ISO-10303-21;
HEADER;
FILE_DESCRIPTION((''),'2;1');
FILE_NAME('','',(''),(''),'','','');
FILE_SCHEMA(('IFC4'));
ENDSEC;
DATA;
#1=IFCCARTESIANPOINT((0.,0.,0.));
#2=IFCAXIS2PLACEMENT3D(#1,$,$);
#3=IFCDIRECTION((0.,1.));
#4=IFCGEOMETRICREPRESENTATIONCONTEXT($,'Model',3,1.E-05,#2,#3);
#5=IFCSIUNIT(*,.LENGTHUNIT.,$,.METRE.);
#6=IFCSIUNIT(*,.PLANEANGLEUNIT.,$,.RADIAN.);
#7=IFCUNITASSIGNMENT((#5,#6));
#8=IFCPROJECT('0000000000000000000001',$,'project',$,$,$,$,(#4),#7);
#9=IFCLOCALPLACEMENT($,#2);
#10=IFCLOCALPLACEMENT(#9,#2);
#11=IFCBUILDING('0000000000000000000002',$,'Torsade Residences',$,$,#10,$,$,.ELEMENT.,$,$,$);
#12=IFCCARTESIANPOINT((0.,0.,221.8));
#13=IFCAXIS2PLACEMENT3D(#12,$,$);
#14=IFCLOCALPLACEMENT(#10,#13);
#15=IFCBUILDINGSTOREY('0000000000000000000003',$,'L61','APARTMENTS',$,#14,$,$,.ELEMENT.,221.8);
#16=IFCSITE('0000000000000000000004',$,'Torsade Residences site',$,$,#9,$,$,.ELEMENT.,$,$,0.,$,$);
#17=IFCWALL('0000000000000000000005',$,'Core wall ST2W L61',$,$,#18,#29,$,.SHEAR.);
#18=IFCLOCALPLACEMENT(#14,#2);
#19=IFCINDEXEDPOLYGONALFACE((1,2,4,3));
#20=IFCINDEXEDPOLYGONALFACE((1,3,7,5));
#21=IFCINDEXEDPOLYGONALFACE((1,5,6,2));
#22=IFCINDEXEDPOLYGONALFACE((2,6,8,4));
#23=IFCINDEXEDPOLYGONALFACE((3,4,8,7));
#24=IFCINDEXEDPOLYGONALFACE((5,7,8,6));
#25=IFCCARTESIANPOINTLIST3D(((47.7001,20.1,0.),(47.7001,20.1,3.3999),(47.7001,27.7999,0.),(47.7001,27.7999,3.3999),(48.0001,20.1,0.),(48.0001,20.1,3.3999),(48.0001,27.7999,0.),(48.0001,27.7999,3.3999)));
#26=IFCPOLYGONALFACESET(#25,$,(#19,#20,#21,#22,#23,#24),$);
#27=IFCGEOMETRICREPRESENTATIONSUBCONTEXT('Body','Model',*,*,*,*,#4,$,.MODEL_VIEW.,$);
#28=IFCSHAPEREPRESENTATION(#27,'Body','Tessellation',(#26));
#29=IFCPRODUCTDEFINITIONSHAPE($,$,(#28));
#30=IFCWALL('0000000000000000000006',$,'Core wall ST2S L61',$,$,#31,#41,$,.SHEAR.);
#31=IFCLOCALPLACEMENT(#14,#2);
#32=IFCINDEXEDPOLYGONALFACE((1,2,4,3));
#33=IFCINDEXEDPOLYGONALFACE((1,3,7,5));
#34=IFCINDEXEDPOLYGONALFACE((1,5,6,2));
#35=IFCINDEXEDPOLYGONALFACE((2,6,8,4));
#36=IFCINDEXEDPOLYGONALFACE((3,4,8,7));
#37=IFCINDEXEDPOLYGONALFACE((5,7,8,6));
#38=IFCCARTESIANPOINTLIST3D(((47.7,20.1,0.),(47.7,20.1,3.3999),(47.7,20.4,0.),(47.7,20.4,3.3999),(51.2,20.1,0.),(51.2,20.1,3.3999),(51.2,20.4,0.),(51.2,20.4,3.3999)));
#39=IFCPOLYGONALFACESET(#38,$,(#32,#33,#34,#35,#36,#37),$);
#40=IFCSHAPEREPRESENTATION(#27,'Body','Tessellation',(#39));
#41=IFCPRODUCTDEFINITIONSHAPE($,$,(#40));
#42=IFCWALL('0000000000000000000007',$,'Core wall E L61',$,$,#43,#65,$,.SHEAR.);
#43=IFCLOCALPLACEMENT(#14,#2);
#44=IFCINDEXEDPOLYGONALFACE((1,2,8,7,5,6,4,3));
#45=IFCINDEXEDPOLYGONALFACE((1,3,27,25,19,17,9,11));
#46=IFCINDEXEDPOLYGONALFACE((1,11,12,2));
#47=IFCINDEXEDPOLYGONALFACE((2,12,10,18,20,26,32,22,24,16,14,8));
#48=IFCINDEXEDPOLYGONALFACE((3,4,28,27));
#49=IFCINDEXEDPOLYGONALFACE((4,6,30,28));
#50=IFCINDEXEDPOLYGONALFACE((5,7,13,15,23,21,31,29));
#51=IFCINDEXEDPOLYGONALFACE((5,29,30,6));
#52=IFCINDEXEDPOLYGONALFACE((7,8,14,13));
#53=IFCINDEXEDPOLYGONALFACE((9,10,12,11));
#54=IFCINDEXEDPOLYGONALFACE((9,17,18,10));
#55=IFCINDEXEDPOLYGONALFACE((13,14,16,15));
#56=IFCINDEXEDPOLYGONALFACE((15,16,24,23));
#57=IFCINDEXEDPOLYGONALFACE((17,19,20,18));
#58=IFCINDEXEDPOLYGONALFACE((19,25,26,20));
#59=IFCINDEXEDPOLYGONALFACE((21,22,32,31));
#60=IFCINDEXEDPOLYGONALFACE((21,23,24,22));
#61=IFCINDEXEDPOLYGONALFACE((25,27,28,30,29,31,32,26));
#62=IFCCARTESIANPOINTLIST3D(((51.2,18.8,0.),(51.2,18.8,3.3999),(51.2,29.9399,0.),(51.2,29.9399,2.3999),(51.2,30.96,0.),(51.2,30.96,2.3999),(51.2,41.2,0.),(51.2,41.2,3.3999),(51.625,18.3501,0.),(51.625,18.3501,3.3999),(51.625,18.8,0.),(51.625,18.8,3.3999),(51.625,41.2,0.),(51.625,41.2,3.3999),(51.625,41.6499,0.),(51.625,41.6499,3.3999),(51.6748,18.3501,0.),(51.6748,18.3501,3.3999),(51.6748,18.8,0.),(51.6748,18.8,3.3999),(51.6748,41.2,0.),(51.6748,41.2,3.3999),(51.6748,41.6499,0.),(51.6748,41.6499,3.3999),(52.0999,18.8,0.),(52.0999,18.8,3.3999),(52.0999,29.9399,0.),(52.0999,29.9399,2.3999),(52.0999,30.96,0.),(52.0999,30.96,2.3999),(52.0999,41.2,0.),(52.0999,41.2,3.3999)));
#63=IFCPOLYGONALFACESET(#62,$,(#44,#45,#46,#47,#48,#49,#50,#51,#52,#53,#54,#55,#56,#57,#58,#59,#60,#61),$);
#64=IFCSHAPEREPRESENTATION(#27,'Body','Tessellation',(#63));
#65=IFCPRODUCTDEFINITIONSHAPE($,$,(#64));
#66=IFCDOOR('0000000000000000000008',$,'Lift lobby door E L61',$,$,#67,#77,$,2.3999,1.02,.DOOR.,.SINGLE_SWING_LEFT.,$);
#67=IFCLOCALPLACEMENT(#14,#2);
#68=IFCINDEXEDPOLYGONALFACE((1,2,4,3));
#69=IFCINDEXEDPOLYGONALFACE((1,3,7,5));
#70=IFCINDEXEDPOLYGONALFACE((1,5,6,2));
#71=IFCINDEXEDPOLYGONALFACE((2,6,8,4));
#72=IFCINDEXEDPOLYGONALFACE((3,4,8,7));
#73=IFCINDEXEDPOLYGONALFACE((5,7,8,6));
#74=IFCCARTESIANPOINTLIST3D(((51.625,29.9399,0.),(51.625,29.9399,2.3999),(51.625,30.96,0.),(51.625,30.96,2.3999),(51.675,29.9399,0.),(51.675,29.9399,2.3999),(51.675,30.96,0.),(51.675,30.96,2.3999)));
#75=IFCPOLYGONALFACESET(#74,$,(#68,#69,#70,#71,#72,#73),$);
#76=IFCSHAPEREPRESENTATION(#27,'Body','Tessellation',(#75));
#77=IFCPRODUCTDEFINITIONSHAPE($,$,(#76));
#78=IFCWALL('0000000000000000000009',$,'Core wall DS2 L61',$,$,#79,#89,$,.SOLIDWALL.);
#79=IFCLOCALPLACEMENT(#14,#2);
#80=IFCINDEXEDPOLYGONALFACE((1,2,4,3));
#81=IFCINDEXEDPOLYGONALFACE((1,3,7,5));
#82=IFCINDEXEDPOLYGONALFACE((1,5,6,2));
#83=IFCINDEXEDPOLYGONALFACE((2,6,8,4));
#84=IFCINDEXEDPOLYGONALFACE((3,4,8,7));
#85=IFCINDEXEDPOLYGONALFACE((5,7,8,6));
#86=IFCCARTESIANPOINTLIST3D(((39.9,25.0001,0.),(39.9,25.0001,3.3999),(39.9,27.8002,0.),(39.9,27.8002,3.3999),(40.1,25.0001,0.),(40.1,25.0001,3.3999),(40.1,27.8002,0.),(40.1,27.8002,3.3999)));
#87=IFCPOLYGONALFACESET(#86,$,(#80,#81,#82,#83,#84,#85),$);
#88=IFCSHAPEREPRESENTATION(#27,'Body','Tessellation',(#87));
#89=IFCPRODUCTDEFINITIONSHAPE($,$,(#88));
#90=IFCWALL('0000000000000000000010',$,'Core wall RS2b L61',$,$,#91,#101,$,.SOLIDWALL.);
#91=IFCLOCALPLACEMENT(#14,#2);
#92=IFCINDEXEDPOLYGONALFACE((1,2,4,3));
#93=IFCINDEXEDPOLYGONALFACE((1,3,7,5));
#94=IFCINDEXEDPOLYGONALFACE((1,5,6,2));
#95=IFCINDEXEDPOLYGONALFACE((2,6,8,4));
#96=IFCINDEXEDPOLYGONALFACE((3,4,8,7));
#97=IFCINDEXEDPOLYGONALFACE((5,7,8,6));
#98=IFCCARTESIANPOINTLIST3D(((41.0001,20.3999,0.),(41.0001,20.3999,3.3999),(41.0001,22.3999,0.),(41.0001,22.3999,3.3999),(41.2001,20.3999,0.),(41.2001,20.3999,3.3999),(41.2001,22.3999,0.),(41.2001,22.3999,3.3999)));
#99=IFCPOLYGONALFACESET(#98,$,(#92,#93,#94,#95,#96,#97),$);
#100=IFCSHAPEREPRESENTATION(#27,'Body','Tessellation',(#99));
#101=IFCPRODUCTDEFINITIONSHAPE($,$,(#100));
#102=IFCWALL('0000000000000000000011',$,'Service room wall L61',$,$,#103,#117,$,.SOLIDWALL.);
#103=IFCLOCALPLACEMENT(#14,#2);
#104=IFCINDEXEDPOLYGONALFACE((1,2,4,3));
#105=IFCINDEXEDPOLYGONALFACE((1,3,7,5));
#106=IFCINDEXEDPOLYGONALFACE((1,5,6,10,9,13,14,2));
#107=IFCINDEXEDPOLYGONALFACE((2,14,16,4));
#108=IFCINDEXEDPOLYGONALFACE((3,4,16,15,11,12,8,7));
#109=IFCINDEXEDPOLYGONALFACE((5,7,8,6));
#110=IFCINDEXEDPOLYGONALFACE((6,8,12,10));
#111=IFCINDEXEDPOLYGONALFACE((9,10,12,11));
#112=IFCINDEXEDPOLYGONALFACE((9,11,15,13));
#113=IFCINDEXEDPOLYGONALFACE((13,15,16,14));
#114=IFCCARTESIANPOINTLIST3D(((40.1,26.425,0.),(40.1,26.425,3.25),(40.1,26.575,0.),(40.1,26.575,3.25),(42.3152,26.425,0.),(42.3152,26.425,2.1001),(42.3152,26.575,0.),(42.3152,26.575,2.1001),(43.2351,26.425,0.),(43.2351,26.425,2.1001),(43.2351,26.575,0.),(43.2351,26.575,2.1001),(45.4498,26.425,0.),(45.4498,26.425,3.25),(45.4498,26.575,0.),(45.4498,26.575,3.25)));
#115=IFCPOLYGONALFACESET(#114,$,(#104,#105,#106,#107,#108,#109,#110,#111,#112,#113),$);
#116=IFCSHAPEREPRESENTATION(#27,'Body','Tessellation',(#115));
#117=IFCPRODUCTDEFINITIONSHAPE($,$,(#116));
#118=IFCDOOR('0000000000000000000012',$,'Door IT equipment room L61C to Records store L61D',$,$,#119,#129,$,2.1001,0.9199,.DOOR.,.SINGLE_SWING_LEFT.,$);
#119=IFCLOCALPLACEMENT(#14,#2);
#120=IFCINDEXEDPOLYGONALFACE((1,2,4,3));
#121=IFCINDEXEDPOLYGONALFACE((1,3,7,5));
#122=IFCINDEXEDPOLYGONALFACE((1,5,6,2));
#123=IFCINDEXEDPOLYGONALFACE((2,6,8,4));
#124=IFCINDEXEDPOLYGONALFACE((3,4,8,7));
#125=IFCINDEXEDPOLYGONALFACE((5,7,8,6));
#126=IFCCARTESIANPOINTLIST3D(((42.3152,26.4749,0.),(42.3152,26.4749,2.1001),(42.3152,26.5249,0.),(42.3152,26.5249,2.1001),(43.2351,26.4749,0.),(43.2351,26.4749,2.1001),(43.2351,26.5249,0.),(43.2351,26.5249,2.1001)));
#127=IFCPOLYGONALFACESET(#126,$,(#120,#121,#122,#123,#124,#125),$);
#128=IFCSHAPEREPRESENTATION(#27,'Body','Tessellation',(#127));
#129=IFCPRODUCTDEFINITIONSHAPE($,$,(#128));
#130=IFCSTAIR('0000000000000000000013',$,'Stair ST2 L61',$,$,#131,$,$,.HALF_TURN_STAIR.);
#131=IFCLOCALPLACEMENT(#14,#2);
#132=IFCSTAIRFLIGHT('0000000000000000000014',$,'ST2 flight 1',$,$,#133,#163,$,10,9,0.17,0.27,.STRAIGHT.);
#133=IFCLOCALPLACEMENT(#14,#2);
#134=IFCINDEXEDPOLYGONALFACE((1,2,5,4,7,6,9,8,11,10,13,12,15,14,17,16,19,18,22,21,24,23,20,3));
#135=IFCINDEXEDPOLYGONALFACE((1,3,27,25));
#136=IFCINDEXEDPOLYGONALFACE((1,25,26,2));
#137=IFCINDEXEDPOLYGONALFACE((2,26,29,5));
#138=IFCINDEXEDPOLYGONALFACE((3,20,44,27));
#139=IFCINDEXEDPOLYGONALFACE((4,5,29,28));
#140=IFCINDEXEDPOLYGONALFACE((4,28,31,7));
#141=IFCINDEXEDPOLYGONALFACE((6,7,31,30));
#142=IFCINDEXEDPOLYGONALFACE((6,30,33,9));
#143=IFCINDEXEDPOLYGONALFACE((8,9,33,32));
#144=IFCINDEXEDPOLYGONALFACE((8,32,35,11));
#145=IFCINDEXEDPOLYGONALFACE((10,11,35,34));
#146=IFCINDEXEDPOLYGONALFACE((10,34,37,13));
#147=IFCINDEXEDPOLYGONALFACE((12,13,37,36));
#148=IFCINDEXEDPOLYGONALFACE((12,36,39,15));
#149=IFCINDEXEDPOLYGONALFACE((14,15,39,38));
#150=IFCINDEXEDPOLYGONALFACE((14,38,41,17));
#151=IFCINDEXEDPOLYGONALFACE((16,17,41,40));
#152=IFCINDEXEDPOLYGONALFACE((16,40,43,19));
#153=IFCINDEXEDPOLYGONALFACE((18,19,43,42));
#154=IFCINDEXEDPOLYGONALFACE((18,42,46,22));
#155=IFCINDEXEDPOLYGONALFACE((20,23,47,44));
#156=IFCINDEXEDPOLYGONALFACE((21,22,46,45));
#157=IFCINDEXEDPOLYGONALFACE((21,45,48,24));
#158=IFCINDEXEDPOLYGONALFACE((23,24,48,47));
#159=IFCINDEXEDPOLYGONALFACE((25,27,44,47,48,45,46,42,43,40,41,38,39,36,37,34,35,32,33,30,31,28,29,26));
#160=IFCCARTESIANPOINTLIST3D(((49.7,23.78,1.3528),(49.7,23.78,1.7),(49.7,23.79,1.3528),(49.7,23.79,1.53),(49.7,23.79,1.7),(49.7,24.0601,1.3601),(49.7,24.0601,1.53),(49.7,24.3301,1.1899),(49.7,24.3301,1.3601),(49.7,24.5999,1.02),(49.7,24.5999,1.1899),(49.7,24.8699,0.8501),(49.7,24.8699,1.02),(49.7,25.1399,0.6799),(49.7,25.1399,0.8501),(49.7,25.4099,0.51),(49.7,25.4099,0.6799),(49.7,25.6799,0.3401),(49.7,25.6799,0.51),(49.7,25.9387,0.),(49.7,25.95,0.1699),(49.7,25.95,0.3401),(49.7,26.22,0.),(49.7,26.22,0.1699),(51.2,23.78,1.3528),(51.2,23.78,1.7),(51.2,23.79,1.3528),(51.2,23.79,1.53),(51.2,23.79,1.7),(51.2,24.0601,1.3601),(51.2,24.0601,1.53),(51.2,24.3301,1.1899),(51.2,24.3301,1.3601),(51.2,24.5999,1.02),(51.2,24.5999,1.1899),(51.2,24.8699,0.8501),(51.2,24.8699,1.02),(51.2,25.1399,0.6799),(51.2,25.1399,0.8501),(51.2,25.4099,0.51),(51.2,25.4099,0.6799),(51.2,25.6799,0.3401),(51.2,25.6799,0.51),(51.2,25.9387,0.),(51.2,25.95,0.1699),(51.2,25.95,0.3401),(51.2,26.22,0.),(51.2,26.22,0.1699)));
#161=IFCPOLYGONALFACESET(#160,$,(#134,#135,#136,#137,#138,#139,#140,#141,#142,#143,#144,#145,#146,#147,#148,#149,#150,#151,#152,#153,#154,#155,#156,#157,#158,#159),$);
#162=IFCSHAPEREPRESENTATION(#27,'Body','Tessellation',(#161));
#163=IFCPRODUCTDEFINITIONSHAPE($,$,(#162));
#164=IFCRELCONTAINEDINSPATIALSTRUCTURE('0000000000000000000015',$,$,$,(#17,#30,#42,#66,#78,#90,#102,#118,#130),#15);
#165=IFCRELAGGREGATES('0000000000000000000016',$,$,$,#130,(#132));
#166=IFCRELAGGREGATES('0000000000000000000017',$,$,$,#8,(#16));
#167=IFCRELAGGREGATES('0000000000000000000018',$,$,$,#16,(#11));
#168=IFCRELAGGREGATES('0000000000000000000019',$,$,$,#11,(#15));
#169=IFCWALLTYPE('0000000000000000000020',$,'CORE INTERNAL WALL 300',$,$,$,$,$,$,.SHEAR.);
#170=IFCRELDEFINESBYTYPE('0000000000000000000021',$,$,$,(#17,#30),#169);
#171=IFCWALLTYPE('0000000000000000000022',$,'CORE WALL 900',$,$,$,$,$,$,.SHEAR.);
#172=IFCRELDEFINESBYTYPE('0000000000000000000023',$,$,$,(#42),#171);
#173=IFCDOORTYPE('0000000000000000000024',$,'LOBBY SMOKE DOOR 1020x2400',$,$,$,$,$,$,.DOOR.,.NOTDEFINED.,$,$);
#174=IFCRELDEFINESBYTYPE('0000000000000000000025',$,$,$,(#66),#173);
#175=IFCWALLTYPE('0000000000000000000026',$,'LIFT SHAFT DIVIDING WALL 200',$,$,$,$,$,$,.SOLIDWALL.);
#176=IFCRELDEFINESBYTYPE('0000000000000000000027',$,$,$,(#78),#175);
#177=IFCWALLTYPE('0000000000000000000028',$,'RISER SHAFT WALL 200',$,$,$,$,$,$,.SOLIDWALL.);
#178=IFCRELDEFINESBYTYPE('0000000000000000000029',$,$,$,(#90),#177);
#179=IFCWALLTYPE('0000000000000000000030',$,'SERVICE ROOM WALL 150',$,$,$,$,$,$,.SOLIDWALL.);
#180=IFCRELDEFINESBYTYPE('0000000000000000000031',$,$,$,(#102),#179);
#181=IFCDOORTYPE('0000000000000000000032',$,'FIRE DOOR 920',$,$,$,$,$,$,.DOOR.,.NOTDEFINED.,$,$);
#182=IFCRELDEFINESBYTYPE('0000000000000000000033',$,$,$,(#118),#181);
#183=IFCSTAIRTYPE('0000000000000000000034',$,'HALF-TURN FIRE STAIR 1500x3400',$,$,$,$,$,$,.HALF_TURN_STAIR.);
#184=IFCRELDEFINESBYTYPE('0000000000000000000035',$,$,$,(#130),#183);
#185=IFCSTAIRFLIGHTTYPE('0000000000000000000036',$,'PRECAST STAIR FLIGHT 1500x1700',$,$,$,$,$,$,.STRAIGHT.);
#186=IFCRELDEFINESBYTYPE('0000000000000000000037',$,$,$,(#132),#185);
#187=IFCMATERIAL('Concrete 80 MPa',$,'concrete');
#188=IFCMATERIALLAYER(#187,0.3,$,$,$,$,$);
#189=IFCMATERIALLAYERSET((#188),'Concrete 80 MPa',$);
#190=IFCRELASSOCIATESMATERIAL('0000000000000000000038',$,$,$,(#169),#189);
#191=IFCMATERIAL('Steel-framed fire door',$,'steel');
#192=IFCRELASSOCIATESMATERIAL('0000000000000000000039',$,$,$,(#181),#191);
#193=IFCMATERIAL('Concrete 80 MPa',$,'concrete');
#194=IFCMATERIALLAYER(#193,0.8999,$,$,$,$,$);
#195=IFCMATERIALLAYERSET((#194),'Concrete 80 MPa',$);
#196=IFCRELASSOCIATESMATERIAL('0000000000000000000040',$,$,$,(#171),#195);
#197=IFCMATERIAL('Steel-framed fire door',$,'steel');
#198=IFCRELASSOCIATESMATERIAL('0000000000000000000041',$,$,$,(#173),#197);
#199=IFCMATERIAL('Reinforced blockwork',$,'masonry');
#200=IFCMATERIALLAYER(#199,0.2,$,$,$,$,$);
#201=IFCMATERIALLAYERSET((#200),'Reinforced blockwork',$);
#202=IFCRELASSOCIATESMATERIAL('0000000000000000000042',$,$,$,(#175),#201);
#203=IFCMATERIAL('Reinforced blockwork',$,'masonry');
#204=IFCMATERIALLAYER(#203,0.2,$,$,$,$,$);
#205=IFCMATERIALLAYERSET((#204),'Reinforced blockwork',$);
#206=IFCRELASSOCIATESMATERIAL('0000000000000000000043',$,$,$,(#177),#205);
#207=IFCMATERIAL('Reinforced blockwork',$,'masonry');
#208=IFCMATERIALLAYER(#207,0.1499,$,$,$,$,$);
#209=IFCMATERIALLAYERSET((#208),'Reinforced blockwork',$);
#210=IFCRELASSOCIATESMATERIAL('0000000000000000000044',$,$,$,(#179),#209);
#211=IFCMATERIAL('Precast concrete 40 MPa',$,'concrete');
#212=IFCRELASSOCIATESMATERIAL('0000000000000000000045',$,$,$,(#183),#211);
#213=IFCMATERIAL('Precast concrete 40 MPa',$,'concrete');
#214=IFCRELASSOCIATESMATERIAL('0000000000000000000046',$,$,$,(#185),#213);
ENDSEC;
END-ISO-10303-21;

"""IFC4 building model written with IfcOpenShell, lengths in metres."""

from ifc_helpers import new_model, si_unit, direction, frame, frame_2d, origin, place, context, subcontext, project, spatial, polyline, rectangle, outline, extrude, material, layer, layer_set, type_object, element, fill, aggregate, save


model = new_model("IFC4")

# Units and contexts
model_context = context("Model", 3, precision=1e-05, world=origin(), true_north=direction((0.0, 1.0)))
body_context = subcontext(model_context, "Body", "Model", "MODEL_VIEW")
ifc_project = project(units=[si_unit("LENGTHUNIT", "METRE"), si_unit("PLANEANGLEUNIT", "RADIAN")], contexts=[model_context])

# Site, building, storey
site_placement = place(None, origin())
site = spatial("IfcSite", under=ifc_project, at=site_placement, Name="Torsade Residences site", CompositionType="ELEMENT", RefElevation=0.0)
building_placement = place(site_placement, origin())
building = spatial("IfcBuilding", under=site, at=building_placement, Name="Torsade Residences", CompositionType="ELEMENT")
storey_placement = place(building_placement, frame((0.0, 0.0, 221.8)))
storey = spatial("IfcBuildingStorey", under=building, at=storey_placement, Name="L61", Description="APARTMENTS", CompositionType="ELEMENT", Elevation=221.8)

# Shared definitions
ifc_material_1 = material(Name="Concrete 80 MPa", Category="concrete")
ifc_layer_1 = layer(ifc_material_1, 0.3)
ifc_layer_set_1 = layer_set([ifc_layer_1], Name="Concrete 80 MPa")
wall_type_1 = type_object("IfcWallType", Name="CORE INTERNAL WALL 300", PredefinedType="SHEAR", material=ifc_layer_set_1)
ifc_material_2 = material(Name="Steel-framed fire door", Category="steel")
door_type_1 = type_object("IfcDoorType", Name="FIRE DOOR 920", OperationType="NOTDEFINED", PredefinedType="DOOR", material=ifc_material_2)

# Walls
wall_1_placement = place(storey_placement, frame((47.8501, 27.8, 0.0), z_axis=(0.0, 0.0, 1.0), x_axis=(0.0, -1.0, 0.0)))
element("IfcWall", 1, at=wall_1_placement, inside=storey, type_object=wall_type_1, Name="Core wall ST2W L61", PredefinedType="SHEAR", context=body_context, shape_type="SweptSolid", body=[
    extrude(rectangle(XDim=7.7, YDim=0.3, at=frame_2d((3.8501, 0.0))), origin(), (0.0, 0.0, 1.0), 3.3999),
])
wall_2_placement = place(storey_placement, frame((51.2, 20.25, 0.0), z_axis=(0.0, 0.0, 1.0), x_axis=(-1.0, 0.0, 0.0)))
element("IfcWall", 2, at=wall_2_placement, inside=storey, type_object=wall_type_1, Name="Core wall ST2S L61", PredefinedType="SHEAR", context=body_context, shape_type="SweptSolid", body=[
    extrude(rectangle(XDim=3.5, YDim=0.3, at=frame_2d((1.75, 0.0))), origin(), (0.0, 0.0, 1.0), 3.3999),
])

# Wall, opening, door
ifc_material_3 = material(Name="Concrete 80 MPa", Category="concrete")
ifc_layer_2 = layer(ifc_material_3, 0.8999)
ifc_layer_set_2 = layer_set([ifc_layer_2], Name="Concrete 80 MPa")
wall_type_2 = type_object("IfcWallType", Name="CORE WALL 900", PredefinedType="SHEAR", material=ifc_layer_set_2)
wall_3_placement = place(storey_placement, frame((51.6499, 18.8, 0.0), z_axis=(0.0, 0.0, 1.0), x_axis=(0.0, 1.0, 0.0)))
wall_3 = element("IfcWall", 3, at=wall_3_placement, inside=storey, type_object=wall_type_2, Name="Core wall E L61", PredefinedType="SHEAR", context=body_context, shape_type="SweptSolid", body=[
    extrude(outline(polyline([(0.0, -0.45), (22.3999, -0.45), (22.3999, -0.0249), (22.8499, -0.0249), (22.8499, 0.0249), (22.3999, 0.0249), (22.3999, 0.45), (0.0, 0.45), (0.0, 0.0249), (-0.45, 0.0249), (-0.45, -0.0249), (0.0, -0.0249), (0.0, -0.45)])), origin(), (0.0, 0.0, 1.0), 3.3999),
])
opening_1_placement = place(wall_3_placement, frame((11.1399, 0.0, 0.0)))
opening_1 = element("IfcOpeningElement", 4, at=opening_1_placement, cuts=wall_3, PredefinedType="OPENING", context=body_context, shape_type="SweptSolid", body=[
    extrude(rectangle(XDim=1.02, YDim=2.3999, at=frame_2d((0.51, 1.2))), frame((0.0, 0.46, 0.0), z_axis=(0.0, -1.0, 0.0), x_axis=(1.0, 0.0, 0.0)), (0.0, 0.0, 1.0), 0.9199),
])
ifc_material_4 = material(Name="Steel-framed fire door", Category="steel")
door_type_2 = type_object("IfcDoorType", Name="LOBBY SMOKE DOOR 1020x2400", OperationType="NOTDEFINED", PredefinedType="DOOR", material=ifc_material_4)
door_1_placement = place(opening_1_placement, origin())
door_1 = element("IfcDoor", 5, at=door_1_placement, inside=storey, type_object=door_type_2, Name="Lift lobby door E L61", OperationType="SINGLE_SWING_LEFT", OverallHeight=2.3999, OverallWidth=1.02, PredefinedType="DOOR", context=body_context, shape_type="SweptSolid", body=[
    extrude(rectangle(XDim=1.02, YDim=2.3999, at=frame_2d((0.51, 1.2))), frame((0.0, 0.0249, 0.0), z_axis=(0.0, -1.0, 0.0), x_axis=(1.0, 0.0, 0.0)), (0.0, 0.0, 1.0), 0.05),
])
fill(opening_1, door_1)

# Walls
ifc_material_5 = material(Name="Reinforced blockwork", Category="masonry")
ifc_layer_3 = layer(ifc_material_5, 0.2)
ifc_layer_set_3 = layer_set([ifc_layer_3], Name="Reinforced blockwork")
wall_type_3 = type_object("IfcWallType", Name="LIFT SHAFT DIVIDING WALL 200", PredefinedType="SOLIDWALL", material=ifc_layer_set_3)
wall_4_placement = place(storey_placement, frame((40.0, 27.8, 0.0), z_axis=(0.0, 0.0, 1.0), x_axis=(0.0, -1.0, 0.0)))
element("IfcWall", 6, at=wall_4_placement, inside=storey, type_object=wall_type_3, Name="Core wall DS2 L61", PredefinedType="SOLIDWALL", context=body_context, shape_type="SweptSolid", body=[
    extrude(rectangle(XDim=2.8, YDim=0.2, at=frame_2d((1.3999, 0.0))), origin(), (0.0, 0.0, 1.0), 3.3999),
])
ifc_material_6 = material(Name="Reinforced blockwork", Category="masonry")
ifc_layer_4 = layer(ifc_material_6, 0.2)
ifc_layer_set_4 = layer_set([ifc_layer_4], Name="Reinforced blockwork")
wall_type_4 = type_object("IfcWallType", Name="RISER SHAFT WALL 200", PredefinedType="SOLIDWALL", material=ifc_layer_set_4)
wall_5_placement = place(storey_placement, frame((41.1001, 22.3999, 0.0), z_axis=(0.0, 0.0, 1.0), x_axis=(0.0, -1.0, 0.0)))
element("IfcWall", 7, at=wall_5_placement, inside=storey, type_object=wall_type_4, Name="Core wall RS2b L61", PredefinedType="SOLIDWALL", context=body_context, shape_type="SweptSolid", body=[
    extrude(rectangle(XDim=2.0, YDim=0.2, at=frame_2d((1.0, 0.0))), origin(), (0.0, 0.0, 1.0), 3.3999),
])

# Wall, opening, door
ifc_material_7 = material(Name="Reinforced blockwork", Category="masonry")
ifc_layer_5 = layer(ifc_material_7, 0.1499)
ifc_layer_set_5 = layer_set([ifc_layer_5], Name="Reinforced blockwork")
wall_type_5 = type_object("IfcWallType", Name="SERVICE ROOM WALL 150", PredefinedType="SOLIDWALL", material=ifc_layer_set_5)
wall_6_placement = place(storey_placement, frame((40.1001, 26.5, 0.0), z_axis=(0.0, 0.0, 1.0), x_axis=(1.0, 0.0, 0.0)))
wall_6 = element("IfcWall", 8, at=wall_6_placement, inside=storey, type_object=wall_type_5, Name="Service room wall L61", PredefinedType="SOLIDWALL", context=body_context, shape_type="SweptSolid", body=[
    extrude(rectangle(XDim=5.3499, YDim=0.1499, at=frame_2d((2.6748, 0.0))), origin(), (0.0, 0.0, 1.0), 3.25),
])
opening_2_placement = place(wall_6_placement, frame((2.2151, 0.0, 0.0)))
opening_2 = element("IfcOpeningElement", 9, at=opening_2_placement, cuts=wall_6, PredefinedType="OPENING", context=body_context, shape_type="SweptSolid", body=[
    extrude(rectangle(XDim=0.9199, YDim=2.1001, at=frame_2d((0.46, 1.05))), frame((0.0, 0.085, 0.0), z_axis=(0.0, -1.0, 0.0), x_axis=(1.0, 0.0, 0.0)), (0.0, 0.0, 1.0), 0.1699),
])
door_2_placement = place(opening_2_placement, origin())
door_2 = element("IfcDoor", 10, at=door_2_placement, inside=storey, type_object=door_type_1, Name="Door IT equipment room L61C to Records store L61D", OperationType="SINGLE_SWING_LEFT", OverallHeight=2.1001, OverallWidth=0.9199, PredefinedType="DOOR", context=body_context, shape_type="SweptSolid", body=[
    extrude(rectangle(XDim=0.9199, YDim=2.1001, at=frame_2d((0.46, 1.05))), frame((0.0, 0.0249, 0.0), z_axis=(0.0, -1.0, 0.0), x_axis=(1.0, 0.0, 0.0)), (0.0, 0.0, 1.0), 0.05),
])
fill(opening_2, door_2)

# Stair, stair flight
ifc_material_8 = material(Name="Precast concrete 40 MPa", Category="concrete")
stair_type = type_object("IfcStairType", Name="HALF-TURN FIRE STAIR 1500x3400", PredefinedType="HALF_TURN_STAIR", material=ifc_material_8)
stair_placement = place(storey_placement, origin())
stair = element("IfcStair", 11, at=stair_placement, inside=storey, type_object=stair_type, Name="Stair ST2 L61", PredefinedType="HALF_TURN_STAIR")
ifc_material_9 = material(Name="Precast concrete 40 MPa", Category="concrete")
stair_flight_type = type_object("IfcStairFlightType", Name="PRECAST STAIR FLIGHT 1500x1700", PredefinedType="STRAIGHT", material=ifc_material_9)
stair_flight_1_placement = place(storey_placement, frame((50.45, 26.22, 0.0), z_axis=(0.0, 0.0, 1.0), x_axis=(0.0, -1.0, 0.0)))
stair_flight_1 = element("IfcStairFlight", 12, at=stair_flight_1_placement, type_object=stair_flight_type, Name="ST2 flight 1", NumberOfRisers=10, NumberOfTreads=9, PredefinedType="STRAIGHT", RiserHeight=0.17, TreadLength=0.27, context=body_context, shape_type="SweptSolid", body=[
    extrude(outline(polyline([(0.0, 0.0), (0.0, 0.1699), (0.27, 0.1699), (0.27, 0.3401), (0.54, 0.3401), (0.54, 0.51), (0.8101, 0.51), (0.8101, 0.6799), (1.0801, 0.6799), (1.0801, 0.8501), (1.3501, 0.8501), (1.3501, 1.02), (1.6201, 1.02), (1.6201, 1.1899), (1.8899, 1.1899), (1.8899, 1.3601), (2.1599, 1.3601), (2.1599, 1.53), (2.4299, 1.53), (2.4299, 1.7), (2.4399, 1.7), (2.4399, 1.3528), (2.4299, 1.3528), (0.2812, 0.0), (0.0, 0.0)])), frame((0.0, 0.75, 0.0), z_axis=(0.0, -1.0, 0.0), x_axis=(1.0, 0.0, 0.0)), (0.0, 0.0, 1.0), 1.5),
])
aggregate(stair, [stair_flight_1])

save(model, "model.ifc")
